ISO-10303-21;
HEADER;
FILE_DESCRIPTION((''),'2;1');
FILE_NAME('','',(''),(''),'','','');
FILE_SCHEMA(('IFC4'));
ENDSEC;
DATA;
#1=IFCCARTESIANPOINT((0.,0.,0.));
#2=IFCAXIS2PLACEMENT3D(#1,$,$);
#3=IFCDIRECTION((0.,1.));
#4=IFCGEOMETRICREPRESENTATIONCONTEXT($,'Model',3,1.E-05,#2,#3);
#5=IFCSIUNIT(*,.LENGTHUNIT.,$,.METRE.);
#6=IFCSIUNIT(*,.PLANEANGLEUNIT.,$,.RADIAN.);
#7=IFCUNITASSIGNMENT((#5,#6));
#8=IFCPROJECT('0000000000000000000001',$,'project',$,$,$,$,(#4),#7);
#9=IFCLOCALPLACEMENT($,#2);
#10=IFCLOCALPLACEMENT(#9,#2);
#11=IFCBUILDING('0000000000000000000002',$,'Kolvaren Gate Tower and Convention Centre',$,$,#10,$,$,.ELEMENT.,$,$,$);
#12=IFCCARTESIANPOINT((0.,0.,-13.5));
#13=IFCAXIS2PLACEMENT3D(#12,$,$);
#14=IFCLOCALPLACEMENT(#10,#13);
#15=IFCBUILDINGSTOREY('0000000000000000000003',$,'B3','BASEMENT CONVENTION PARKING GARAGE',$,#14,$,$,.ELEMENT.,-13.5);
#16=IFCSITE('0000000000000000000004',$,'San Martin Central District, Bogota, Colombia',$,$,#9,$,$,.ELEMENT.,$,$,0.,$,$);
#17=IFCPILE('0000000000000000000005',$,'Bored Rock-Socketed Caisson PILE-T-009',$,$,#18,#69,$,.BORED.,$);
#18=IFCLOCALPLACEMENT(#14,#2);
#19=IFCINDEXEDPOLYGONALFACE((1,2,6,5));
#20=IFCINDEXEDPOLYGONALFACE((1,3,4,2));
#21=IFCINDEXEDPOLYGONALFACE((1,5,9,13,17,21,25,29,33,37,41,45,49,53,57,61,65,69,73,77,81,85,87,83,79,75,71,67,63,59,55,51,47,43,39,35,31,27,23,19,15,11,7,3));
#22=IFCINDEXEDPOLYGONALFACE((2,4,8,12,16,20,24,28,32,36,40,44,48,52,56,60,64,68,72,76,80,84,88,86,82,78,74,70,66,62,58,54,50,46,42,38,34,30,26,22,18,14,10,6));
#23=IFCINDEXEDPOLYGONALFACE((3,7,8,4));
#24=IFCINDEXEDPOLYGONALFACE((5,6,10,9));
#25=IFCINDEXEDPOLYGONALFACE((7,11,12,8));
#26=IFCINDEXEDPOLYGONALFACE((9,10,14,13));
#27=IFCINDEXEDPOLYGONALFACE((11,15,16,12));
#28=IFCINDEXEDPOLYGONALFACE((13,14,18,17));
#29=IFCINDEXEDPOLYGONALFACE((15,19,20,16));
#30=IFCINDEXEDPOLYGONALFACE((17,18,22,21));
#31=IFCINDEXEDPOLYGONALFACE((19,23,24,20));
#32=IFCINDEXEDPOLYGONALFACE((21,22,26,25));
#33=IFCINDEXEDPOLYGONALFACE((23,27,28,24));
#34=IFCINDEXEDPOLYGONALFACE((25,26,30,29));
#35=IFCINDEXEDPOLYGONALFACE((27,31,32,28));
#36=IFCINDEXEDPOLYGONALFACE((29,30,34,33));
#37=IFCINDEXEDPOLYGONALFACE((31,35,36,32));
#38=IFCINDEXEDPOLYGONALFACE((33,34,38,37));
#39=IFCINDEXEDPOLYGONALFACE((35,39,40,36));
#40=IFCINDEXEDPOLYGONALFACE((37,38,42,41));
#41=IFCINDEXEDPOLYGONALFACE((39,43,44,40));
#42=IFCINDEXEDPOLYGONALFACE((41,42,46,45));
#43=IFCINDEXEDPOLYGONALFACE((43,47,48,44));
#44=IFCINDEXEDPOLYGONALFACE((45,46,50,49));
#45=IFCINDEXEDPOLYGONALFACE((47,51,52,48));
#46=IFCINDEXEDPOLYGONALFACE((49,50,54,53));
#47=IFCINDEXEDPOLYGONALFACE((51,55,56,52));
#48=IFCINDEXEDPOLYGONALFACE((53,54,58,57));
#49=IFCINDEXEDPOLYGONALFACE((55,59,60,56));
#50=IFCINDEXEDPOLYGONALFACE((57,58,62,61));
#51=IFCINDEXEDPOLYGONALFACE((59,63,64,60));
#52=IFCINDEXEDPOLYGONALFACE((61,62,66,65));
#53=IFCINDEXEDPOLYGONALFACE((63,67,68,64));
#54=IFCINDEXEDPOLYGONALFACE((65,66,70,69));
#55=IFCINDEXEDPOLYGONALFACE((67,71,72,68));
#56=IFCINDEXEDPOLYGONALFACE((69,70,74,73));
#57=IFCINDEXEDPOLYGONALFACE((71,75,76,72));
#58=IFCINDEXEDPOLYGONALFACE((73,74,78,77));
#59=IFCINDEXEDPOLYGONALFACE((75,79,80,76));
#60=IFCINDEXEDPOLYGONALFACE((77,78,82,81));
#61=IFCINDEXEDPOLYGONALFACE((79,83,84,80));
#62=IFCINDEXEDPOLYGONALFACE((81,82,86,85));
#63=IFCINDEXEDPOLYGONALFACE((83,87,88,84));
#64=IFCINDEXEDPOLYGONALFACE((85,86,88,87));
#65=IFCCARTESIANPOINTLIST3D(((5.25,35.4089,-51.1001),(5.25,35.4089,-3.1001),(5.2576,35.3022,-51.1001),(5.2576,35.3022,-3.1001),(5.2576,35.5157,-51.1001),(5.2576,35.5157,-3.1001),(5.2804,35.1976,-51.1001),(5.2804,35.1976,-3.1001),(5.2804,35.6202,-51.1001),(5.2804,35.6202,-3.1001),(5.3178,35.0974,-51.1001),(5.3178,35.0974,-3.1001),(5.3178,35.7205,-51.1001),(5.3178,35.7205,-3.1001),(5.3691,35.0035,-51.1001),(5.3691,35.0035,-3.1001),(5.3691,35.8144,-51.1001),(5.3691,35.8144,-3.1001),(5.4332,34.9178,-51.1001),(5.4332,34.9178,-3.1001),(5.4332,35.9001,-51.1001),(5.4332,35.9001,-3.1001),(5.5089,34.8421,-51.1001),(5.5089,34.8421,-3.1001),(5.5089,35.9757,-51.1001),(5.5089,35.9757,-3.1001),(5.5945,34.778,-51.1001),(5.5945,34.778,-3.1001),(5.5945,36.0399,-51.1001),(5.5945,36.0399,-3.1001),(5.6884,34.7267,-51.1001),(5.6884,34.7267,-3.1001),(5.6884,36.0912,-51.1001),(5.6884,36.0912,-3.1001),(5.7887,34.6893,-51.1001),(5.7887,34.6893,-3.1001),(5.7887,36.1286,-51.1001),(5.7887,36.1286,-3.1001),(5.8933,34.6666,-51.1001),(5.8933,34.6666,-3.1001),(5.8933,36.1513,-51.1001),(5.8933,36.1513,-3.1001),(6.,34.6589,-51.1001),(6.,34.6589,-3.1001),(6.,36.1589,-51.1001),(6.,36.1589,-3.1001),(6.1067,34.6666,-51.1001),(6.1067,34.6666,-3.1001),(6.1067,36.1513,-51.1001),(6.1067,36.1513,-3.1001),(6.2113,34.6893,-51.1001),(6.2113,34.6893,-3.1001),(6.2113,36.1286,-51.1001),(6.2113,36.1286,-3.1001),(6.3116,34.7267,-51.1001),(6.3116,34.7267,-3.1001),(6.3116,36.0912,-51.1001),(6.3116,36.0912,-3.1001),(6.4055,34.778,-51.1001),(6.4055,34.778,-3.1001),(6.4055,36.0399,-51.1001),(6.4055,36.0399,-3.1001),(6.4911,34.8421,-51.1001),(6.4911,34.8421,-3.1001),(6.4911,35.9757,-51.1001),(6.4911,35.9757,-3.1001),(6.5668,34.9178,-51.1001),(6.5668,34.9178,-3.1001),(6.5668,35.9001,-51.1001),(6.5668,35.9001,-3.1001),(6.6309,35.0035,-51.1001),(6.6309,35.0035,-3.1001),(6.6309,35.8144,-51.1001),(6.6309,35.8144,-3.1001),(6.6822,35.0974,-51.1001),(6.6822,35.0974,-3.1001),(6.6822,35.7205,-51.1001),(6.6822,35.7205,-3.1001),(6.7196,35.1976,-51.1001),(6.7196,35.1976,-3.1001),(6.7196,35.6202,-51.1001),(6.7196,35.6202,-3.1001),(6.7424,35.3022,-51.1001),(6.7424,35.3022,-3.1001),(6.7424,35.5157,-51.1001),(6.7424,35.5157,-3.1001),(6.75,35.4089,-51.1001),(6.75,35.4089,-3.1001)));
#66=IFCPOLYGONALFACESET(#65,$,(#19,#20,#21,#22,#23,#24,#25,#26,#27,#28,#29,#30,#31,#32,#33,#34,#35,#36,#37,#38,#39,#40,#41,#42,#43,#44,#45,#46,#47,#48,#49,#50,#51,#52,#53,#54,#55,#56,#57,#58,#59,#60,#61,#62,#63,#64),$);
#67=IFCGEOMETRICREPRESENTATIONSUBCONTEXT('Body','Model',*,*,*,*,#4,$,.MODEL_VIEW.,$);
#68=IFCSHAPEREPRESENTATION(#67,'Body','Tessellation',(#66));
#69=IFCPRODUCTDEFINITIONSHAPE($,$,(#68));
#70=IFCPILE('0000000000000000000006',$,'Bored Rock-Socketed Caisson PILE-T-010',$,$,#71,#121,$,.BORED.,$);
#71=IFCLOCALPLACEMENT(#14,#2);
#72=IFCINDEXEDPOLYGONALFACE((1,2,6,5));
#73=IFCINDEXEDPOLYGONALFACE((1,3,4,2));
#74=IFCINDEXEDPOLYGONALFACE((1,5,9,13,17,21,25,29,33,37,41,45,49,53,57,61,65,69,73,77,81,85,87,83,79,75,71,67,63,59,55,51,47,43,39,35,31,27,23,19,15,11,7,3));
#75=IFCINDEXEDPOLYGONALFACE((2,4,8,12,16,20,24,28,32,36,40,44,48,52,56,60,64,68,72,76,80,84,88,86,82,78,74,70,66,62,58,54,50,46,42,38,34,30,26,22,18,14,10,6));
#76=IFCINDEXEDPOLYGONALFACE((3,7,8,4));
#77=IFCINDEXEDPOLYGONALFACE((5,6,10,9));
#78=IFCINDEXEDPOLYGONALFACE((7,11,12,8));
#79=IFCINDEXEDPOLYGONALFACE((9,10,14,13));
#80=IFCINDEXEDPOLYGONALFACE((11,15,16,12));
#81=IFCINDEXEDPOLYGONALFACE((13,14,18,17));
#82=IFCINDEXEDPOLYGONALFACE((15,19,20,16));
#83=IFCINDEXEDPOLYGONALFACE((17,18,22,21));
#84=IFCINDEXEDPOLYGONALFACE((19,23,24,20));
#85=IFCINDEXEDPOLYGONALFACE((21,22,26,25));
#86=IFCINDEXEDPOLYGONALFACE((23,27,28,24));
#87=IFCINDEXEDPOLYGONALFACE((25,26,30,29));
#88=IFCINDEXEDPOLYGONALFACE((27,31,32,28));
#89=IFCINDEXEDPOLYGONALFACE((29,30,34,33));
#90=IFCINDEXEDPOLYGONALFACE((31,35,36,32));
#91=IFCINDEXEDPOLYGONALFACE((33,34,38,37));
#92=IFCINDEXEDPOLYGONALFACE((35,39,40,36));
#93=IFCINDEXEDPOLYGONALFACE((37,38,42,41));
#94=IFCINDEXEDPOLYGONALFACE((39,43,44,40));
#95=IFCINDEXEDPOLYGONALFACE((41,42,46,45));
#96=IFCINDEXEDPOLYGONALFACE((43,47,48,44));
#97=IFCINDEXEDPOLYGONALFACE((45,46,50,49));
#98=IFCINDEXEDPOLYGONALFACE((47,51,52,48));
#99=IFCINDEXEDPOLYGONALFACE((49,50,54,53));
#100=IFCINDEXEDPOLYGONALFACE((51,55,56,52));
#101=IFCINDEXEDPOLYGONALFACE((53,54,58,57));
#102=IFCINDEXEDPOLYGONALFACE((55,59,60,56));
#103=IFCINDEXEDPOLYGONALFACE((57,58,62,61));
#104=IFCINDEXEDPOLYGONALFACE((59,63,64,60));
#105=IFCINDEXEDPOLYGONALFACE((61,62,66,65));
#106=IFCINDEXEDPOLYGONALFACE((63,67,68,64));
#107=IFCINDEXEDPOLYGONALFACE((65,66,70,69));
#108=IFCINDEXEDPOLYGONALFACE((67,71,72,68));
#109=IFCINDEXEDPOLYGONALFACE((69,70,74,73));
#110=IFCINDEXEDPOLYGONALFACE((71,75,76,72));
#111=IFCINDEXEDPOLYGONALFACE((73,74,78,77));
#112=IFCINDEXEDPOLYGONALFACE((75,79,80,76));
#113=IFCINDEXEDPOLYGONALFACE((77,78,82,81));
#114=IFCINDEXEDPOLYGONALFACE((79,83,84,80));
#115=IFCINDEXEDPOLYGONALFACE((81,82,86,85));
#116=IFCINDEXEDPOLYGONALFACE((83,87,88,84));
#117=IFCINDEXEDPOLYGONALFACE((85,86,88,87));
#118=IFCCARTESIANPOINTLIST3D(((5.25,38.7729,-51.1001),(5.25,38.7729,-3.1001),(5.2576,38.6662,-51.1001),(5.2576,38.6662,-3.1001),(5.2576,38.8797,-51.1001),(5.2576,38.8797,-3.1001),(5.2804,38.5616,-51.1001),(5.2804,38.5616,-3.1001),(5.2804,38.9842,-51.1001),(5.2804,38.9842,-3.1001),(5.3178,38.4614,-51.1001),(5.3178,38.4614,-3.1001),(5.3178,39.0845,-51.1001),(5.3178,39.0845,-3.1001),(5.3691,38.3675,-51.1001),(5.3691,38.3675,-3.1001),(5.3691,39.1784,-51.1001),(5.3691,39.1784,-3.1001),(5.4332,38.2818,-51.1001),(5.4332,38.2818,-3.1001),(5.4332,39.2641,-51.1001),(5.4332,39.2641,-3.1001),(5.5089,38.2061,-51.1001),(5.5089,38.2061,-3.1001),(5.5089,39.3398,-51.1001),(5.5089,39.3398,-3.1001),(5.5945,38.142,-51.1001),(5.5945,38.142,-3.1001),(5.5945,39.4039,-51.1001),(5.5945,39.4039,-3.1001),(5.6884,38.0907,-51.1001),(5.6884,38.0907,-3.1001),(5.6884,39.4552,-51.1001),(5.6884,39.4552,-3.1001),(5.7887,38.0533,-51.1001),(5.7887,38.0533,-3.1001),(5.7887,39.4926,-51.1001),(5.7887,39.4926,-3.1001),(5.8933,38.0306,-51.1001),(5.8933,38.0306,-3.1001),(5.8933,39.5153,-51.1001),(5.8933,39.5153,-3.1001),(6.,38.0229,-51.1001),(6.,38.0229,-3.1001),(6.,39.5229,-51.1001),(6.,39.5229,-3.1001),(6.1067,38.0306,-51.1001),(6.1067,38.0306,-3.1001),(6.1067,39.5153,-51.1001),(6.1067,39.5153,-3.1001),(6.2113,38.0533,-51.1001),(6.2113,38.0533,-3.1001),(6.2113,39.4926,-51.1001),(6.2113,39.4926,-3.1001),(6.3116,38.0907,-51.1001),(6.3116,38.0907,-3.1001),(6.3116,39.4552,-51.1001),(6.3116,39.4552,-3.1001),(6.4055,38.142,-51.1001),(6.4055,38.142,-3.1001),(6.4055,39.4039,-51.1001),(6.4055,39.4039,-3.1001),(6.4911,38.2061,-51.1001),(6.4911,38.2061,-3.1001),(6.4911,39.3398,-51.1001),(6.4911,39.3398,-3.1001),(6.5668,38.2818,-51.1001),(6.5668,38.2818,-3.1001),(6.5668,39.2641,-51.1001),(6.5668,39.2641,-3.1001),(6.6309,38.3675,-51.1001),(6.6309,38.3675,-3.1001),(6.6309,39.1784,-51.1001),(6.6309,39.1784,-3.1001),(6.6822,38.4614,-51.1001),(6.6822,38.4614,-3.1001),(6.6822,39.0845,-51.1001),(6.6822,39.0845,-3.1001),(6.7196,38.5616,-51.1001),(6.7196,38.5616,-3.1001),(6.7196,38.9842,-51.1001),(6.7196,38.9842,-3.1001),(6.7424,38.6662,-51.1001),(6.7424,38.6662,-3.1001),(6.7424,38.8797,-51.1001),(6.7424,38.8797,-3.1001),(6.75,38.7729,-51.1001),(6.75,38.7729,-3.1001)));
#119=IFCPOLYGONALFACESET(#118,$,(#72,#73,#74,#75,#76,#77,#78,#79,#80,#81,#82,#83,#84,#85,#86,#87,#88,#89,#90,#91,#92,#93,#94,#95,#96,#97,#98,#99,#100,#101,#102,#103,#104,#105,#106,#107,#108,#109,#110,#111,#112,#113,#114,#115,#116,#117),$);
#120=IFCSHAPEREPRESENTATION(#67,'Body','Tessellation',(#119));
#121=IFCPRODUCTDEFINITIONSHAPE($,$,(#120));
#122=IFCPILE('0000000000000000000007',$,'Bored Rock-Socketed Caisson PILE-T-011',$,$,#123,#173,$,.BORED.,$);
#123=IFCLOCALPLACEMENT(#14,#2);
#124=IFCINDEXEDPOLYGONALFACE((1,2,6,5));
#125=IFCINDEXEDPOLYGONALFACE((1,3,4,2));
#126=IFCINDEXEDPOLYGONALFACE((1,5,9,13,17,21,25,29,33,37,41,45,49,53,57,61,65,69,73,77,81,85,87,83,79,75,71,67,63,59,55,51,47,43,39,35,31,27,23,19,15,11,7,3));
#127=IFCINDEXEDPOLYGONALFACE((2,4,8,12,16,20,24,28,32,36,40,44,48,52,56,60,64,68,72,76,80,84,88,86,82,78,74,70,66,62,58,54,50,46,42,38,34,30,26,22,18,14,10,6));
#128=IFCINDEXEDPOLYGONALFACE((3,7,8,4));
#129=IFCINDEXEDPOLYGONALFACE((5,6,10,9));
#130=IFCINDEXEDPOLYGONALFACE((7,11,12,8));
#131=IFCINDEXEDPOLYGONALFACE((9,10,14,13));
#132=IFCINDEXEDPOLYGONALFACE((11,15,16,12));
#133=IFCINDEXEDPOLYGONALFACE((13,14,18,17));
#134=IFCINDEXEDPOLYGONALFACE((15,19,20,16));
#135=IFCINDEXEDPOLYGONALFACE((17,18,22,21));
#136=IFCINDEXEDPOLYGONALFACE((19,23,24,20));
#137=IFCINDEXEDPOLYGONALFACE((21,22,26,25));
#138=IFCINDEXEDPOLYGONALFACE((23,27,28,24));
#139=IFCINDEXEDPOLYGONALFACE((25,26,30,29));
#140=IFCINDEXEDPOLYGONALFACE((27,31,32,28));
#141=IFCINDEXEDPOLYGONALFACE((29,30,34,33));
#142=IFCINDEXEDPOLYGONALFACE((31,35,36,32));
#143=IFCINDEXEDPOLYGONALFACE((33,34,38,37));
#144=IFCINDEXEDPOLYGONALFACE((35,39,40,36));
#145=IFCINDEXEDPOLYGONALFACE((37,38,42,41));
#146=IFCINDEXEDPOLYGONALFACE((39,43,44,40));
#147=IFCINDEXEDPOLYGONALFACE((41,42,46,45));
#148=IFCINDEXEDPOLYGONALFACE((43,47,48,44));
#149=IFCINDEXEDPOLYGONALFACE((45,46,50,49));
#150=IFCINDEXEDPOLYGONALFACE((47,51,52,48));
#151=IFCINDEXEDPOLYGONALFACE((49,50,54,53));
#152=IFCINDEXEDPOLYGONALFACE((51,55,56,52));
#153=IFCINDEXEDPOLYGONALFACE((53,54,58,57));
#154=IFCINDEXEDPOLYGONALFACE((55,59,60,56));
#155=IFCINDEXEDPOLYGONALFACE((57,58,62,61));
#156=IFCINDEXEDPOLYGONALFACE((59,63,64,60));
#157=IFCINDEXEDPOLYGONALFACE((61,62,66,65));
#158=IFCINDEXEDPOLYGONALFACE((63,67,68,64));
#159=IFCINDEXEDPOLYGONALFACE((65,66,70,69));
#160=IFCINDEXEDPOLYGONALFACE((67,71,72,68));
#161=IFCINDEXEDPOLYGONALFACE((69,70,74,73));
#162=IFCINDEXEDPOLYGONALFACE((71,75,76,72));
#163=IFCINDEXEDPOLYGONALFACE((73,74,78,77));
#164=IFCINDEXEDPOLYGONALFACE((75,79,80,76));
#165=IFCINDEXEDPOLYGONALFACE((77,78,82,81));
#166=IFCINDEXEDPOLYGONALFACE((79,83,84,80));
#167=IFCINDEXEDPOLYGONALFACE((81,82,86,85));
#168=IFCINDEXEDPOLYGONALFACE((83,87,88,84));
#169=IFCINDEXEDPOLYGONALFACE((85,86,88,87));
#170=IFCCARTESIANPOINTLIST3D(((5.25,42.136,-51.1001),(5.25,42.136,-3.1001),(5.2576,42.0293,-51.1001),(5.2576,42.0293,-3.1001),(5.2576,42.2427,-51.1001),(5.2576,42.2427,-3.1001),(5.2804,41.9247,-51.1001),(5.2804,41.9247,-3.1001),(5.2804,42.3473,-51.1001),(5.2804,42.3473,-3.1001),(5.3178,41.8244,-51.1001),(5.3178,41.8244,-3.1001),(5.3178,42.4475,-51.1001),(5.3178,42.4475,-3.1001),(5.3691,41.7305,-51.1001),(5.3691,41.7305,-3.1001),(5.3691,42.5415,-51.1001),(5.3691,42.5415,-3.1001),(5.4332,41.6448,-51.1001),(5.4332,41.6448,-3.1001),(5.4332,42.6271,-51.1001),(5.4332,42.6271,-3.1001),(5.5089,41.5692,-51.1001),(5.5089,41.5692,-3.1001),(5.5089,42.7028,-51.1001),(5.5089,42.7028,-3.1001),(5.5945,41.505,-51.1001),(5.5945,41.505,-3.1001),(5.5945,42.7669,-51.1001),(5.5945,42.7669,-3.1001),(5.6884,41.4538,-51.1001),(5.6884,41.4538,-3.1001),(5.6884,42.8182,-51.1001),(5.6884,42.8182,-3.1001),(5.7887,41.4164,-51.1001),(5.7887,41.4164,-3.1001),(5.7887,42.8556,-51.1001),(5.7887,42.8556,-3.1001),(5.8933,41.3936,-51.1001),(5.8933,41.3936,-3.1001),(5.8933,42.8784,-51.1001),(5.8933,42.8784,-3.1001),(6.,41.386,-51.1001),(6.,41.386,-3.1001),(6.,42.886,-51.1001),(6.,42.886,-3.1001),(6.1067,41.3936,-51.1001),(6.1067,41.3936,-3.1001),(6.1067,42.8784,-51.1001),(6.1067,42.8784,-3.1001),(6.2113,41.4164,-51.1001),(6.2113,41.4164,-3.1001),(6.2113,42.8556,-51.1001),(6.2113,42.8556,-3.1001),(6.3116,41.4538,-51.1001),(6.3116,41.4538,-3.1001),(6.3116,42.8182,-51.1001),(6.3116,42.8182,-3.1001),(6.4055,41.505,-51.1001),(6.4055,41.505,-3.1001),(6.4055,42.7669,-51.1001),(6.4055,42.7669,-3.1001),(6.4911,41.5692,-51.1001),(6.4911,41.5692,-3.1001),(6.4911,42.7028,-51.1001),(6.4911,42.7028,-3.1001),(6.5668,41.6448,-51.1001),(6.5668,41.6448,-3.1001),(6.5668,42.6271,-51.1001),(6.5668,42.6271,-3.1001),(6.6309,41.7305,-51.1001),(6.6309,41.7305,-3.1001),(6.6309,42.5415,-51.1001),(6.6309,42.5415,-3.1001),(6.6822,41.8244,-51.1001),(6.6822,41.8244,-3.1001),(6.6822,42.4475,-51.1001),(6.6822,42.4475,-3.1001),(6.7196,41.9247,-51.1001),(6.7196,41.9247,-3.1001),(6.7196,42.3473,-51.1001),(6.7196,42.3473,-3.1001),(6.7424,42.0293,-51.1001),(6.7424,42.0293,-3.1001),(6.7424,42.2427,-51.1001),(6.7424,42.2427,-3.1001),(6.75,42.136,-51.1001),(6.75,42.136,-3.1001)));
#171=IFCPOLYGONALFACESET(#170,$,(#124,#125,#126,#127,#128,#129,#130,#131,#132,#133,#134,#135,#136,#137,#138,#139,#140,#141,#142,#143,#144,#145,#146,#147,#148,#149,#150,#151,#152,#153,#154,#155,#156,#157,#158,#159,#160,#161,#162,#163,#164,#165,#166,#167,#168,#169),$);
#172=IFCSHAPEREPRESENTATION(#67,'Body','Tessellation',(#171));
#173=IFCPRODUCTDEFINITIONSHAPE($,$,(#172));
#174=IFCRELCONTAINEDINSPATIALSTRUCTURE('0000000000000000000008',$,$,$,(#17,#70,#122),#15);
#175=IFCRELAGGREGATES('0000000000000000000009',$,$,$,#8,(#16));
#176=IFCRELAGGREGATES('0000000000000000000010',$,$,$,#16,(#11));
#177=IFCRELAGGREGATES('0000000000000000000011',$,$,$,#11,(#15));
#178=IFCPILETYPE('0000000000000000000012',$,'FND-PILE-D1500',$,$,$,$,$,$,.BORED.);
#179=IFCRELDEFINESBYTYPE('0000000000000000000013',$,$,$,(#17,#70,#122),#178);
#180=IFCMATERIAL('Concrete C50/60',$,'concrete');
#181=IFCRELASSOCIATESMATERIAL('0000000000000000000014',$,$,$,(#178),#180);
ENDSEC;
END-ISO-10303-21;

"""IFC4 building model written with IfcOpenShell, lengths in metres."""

from ifc_helpers import new_model, si_unit, direction, frame, origin, origin_2d, place, context, subcontext, project, spatial, circle, extrude, material, material_profile, profile_set, type_object, element, save


model = new_model("IFC4")

# Units and contexts
model_context = context("Model", 3, precision=1e-05, world=origin(), true_north=direction((0.0, 1.0)))
body_context = subcontext(model_context, "Body", "Model", "MODEL_VIEW")
ifc_project = project(units=[si_unit("LENGTHUNIT", "METRE"), si_unit("PLANEANGLEUNIT", "RADIAN")], contexts=[model_context])

# Site, building, storey
site_placement = place(None, origin())
site = spatial("IfcSite", under=ifc_project, at=site_placement, Name="San Martin Central District, Bogota, Colombia", CompositionType="ELEMENT", RefElevation=0.0)
building_placement = place(site_placement, origin())
building = spatial("IfcBuilding", under=site, at=building_placement, Name="Kolvaren Gate Tower and Convention Centre", CompositionType="ELEMENT")
storey_placement = place(building_placement, frame((0.0, 0.0, -13.5)))
storey = spatial("IfcBuildingStorey", under=building, at=storey_placement, Name="B3", Description="BASEMENT CONVENTION PARKING GARAGE", CompositionType="ELEMENT", Elevation=-13.5)

# Piles
ifc_material_1 = material(Name="Concrete C50/60", Category="concrete")
ifc_material_profile_1 = material_profile(ifc_material_1, circle(Radius=0.75, at=origin_2d()), Name="CAISSON-D1500")
ifc_profile_set_1 = profile_set([ifc_material_profile_1], Name="Concrete C50/60")
pile_type = type_object("IfcPileType", Name="FND-PILE-D1500", PredefinedType="BORED", material=ifc_profile_set_1)
for number, where, z_axis, x_axis, name in (
    (1, (6.0, 35.4089, -3.1001), (0.0, 0.0, -1.0), (1.0, 0.0, 0.0), "Bored Rock-Socketed Caisson PILE-T-009"),
    (2, (6.0, 38.7729, -3.1001), (0.0, 0.0, -1.0), (1.0, 0.0, 0.0), "Bored Rock-Socketed Caisson PILE-T-010"),
    (3, (6.0, 42.136, -3.1001), (0.0, 0.0, -1.0), (1.0, 0.0, 0.0), "Bored Rock-Socketed Caisson PILE-T-011"),
):
    element("IfcPile", number, at=place(storey_placement, frame(where, z_axis=z_axis, x_axis=x_axis)), inside=storey, type_object=pile_type, Name=name, PredefinedType="BORED", context=body_context, shape_type="SweptSolid", body=[
        extrude(circle(Radius=0.75, at=origin_2d()), origin(), (0.0, 0.0, 1.0), 48.0),
    ])

save(model, "model.ifc")
